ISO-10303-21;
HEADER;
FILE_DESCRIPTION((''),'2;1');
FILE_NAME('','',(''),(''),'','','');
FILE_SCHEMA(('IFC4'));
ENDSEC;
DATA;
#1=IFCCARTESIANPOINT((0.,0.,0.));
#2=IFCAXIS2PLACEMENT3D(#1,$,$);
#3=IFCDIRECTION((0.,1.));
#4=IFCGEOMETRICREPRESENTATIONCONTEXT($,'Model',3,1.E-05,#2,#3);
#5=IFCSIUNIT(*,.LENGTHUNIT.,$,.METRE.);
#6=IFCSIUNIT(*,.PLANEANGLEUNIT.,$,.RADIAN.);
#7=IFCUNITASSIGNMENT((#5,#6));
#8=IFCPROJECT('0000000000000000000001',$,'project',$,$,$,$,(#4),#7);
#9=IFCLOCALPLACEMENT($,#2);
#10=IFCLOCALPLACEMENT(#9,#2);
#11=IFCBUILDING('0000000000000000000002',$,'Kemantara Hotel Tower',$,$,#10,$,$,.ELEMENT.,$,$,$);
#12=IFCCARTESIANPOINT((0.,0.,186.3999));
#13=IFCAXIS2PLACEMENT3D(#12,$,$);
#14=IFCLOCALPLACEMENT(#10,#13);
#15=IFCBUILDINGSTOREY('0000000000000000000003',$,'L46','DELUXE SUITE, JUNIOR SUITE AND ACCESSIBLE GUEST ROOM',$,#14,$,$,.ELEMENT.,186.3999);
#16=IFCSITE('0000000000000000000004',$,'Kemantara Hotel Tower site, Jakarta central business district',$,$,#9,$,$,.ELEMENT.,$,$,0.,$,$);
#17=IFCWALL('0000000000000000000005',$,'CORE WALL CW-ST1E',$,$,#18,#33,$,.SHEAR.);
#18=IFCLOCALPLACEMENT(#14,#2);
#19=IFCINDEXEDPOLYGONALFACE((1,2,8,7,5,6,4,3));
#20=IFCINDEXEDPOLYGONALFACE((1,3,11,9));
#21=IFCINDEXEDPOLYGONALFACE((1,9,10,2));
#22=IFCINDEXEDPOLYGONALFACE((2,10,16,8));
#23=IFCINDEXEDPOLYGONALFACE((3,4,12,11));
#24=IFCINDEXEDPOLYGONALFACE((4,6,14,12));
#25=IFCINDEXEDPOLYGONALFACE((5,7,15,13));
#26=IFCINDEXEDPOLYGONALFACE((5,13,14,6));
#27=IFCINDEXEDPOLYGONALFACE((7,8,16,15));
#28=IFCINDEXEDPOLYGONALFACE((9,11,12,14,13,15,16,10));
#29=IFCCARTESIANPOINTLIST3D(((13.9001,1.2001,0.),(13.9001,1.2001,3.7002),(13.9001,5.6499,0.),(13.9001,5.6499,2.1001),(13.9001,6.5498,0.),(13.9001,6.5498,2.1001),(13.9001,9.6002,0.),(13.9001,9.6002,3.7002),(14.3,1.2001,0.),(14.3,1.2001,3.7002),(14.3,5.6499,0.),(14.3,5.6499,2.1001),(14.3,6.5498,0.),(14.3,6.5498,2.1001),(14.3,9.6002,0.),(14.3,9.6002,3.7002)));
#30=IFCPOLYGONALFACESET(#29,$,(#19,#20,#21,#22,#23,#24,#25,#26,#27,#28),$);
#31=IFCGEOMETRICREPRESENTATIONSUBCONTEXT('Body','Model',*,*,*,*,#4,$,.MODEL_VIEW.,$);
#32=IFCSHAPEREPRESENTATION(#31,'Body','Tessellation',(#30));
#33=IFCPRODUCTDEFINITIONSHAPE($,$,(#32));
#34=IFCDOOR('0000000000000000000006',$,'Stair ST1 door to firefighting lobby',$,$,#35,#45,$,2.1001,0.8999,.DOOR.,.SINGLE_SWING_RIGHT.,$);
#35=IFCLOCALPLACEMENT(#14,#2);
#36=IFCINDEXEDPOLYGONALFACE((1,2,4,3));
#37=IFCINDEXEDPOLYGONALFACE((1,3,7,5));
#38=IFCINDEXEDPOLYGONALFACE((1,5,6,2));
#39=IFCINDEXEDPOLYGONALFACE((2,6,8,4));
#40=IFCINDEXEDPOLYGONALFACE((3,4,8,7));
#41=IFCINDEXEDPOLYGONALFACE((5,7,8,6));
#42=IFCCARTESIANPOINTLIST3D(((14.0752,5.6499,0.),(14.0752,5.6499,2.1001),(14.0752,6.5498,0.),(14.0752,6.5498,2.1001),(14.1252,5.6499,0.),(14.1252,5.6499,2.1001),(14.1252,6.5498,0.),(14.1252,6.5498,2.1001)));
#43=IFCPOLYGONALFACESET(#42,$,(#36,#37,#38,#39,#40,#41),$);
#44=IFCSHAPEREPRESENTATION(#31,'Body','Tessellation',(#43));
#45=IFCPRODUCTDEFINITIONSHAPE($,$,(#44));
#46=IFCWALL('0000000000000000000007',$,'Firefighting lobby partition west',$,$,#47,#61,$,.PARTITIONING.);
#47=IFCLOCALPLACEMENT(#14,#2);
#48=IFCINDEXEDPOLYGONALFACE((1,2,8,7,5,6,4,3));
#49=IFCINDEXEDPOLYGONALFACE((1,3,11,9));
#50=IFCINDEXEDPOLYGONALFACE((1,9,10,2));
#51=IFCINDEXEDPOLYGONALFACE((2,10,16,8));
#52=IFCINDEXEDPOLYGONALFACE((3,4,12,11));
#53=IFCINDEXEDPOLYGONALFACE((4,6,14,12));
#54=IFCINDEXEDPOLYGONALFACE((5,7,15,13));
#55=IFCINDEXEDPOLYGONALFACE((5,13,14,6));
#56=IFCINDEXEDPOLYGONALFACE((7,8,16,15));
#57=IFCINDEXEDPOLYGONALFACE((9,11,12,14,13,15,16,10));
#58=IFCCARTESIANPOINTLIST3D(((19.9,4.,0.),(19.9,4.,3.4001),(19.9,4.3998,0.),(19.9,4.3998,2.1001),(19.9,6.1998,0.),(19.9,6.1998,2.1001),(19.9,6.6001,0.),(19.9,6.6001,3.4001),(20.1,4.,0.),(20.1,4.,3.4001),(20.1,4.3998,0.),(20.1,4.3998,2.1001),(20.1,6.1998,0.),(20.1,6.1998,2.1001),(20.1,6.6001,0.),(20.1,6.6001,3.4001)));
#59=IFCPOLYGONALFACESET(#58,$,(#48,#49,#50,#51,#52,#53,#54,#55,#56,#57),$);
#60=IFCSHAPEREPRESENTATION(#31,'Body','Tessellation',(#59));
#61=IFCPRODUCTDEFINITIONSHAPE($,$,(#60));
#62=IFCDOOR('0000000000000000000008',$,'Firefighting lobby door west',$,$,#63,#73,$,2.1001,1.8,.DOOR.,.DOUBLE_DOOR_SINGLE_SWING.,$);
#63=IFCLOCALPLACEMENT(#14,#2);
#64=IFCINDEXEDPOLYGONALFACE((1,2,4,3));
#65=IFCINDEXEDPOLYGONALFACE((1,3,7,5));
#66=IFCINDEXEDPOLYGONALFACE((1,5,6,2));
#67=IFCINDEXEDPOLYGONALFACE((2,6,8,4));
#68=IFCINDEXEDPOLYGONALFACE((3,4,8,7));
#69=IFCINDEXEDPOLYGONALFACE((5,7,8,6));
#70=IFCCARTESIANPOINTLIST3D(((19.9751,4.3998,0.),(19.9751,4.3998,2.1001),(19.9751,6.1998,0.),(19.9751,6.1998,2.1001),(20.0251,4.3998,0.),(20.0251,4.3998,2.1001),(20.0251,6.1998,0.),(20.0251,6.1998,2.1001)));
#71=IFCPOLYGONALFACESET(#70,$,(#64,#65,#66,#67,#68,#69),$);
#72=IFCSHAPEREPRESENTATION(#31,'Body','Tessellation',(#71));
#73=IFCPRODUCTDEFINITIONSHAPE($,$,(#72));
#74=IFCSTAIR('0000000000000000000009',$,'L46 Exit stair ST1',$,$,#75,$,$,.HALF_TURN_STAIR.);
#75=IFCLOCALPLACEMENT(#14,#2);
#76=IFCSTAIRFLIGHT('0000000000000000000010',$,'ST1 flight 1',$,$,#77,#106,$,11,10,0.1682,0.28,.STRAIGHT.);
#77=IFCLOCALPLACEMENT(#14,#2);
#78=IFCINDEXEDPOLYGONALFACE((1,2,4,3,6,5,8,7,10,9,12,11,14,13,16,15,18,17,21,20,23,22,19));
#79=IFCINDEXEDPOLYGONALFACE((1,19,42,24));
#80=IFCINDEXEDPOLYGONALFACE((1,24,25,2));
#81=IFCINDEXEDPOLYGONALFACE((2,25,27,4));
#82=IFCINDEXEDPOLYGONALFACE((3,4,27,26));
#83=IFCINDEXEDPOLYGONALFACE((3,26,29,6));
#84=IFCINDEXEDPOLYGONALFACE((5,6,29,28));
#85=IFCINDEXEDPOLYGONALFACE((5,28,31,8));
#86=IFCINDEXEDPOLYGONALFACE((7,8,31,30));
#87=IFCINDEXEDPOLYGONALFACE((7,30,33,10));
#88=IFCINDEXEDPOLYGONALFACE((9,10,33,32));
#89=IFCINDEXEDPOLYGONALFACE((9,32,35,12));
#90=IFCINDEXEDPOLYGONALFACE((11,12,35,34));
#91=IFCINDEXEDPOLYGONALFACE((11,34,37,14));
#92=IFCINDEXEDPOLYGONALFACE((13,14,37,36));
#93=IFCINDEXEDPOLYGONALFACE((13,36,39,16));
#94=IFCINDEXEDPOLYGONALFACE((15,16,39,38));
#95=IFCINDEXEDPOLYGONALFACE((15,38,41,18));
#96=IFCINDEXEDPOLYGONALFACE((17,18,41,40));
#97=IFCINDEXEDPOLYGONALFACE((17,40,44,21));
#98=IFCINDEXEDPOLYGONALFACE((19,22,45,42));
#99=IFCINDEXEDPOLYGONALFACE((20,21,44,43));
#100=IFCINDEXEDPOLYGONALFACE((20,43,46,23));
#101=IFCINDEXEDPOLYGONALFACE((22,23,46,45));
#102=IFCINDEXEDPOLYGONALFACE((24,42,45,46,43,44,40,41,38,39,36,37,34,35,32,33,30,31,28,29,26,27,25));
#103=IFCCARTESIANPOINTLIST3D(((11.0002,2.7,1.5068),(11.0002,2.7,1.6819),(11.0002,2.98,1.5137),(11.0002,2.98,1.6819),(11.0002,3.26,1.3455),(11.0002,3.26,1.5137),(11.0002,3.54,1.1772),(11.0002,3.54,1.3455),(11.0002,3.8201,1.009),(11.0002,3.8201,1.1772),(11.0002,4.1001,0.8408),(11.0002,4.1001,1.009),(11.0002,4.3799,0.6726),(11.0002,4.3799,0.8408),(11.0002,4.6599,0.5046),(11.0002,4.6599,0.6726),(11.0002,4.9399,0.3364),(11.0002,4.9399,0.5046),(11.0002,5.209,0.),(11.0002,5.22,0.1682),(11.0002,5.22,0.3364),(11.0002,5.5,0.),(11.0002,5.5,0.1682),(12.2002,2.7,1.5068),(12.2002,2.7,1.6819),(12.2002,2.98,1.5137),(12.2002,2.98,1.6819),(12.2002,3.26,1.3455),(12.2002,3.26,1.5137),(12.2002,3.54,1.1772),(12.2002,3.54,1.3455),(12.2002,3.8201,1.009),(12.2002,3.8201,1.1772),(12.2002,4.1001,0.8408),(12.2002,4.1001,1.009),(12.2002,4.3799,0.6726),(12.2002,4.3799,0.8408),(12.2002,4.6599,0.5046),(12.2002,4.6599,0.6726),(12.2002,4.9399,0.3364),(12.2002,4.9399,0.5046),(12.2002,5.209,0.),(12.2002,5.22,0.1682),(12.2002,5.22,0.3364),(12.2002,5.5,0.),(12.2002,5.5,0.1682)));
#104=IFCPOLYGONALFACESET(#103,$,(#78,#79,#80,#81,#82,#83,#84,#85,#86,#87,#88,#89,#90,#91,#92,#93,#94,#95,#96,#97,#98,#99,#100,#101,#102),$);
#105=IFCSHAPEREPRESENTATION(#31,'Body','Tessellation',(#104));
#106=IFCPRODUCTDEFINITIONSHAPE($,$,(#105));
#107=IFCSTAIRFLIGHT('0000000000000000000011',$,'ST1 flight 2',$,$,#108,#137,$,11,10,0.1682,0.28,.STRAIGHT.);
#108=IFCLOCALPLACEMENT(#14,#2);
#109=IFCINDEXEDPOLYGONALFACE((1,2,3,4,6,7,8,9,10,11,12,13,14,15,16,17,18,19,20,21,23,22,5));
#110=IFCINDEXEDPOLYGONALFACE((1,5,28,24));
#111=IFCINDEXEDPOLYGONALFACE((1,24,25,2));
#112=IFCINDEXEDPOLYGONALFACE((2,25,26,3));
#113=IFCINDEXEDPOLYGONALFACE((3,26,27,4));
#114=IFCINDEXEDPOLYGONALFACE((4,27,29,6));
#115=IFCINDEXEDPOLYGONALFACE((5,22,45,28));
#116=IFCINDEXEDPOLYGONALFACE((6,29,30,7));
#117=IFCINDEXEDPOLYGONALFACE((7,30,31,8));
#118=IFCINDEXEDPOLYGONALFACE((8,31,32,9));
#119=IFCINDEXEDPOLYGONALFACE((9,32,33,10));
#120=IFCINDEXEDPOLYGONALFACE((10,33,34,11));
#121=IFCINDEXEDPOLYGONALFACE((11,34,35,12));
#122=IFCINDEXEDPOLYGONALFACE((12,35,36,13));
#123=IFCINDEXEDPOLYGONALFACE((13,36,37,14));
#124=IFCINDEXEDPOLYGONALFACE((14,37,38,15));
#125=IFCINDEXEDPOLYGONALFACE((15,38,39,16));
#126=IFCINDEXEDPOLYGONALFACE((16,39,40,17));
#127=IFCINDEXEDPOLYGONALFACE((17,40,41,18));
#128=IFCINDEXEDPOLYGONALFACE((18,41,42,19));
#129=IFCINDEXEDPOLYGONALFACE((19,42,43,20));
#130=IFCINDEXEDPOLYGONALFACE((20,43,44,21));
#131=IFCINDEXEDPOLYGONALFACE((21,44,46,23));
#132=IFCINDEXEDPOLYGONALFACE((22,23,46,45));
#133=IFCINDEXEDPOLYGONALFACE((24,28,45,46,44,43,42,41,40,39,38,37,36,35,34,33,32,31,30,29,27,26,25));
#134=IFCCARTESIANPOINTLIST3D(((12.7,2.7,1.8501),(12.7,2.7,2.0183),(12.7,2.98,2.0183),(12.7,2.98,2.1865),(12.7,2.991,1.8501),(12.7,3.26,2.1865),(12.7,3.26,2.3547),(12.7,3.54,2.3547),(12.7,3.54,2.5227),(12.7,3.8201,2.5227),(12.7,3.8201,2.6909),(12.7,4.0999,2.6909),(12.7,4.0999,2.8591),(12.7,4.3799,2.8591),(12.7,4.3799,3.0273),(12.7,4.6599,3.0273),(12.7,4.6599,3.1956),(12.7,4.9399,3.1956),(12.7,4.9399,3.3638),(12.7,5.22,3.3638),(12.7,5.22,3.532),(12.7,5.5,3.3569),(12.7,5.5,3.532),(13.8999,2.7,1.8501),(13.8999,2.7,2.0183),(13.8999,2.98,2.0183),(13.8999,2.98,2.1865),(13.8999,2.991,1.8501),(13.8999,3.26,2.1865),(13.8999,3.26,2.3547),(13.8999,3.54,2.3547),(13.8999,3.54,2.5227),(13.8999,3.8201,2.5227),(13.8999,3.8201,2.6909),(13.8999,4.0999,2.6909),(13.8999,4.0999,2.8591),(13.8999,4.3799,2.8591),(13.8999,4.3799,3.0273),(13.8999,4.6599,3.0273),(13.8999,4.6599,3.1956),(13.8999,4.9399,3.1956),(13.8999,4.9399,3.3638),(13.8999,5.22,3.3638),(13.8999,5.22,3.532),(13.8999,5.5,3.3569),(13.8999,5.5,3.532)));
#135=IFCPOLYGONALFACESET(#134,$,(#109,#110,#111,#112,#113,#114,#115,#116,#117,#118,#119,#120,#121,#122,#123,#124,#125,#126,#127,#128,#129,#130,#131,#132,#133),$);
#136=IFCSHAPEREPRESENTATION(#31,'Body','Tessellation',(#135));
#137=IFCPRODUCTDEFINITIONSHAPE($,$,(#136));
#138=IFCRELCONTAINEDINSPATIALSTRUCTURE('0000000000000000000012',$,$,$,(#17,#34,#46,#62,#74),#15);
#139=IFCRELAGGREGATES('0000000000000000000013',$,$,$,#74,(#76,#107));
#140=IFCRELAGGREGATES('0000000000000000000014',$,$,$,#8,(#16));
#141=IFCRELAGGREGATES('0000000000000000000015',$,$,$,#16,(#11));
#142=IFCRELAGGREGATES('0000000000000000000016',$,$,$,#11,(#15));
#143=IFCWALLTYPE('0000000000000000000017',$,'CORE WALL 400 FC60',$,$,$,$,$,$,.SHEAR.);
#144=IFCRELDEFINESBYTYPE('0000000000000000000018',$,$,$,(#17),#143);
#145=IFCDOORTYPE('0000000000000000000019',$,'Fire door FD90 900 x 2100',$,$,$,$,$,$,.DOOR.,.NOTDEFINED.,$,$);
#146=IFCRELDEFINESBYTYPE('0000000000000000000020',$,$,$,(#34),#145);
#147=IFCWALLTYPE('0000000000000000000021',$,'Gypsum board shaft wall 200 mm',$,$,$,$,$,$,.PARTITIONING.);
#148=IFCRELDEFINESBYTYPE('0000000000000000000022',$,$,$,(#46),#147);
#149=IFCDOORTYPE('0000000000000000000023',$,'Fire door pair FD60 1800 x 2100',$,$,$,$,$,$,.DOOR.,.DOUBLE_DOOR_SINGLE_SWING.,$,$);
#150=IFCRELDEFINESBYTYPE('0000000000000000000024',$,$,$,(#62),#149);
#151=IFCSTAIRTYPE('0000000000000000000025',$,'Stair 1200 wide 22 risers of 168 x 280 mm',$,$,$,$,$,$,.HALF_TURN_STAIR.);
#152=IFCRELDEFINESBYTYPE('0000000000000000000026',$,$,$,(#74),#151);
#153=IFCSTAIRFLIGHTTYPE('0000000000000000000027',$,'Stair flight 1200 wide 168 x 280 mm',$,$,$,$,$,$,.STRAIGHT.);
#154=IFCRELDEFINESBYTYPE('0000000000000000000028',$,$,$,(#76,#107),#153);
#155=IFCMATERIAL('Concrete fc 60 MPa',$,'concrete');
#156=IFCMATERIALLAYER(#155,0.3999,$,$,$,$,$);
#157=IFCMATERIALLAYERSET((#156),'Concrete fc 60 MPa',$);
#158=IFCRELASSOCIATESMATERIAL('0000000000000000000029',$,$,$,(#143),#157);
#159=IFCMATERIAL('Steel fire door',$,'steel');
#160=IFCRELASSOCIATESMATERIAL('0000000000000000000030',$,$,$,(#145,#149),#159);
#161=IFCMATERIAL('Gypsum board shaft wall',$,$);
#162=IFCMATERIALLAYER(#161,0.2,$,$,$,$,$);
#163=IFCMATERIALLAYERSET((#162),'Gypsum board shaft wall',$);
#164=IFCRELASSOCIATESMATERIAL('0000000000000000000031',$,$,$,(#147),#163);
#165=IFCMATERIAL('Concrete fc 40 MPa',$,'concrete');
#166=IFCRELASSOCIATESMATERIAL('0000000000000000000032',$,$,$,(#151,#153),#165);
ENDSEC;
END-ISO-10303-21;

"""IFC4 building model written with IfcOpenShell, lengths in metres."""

from ifc_helpers import new_model, si_unit, direction, frame, frame_2d, origin, place, context, subcontext, project, spatial, polyline, rectangle, outline, extrude, material, layer, layer_set, type_object, element, fill, aggregate, save


model = new_model("IFC4")

# Units and contexts
model_context = context("Model", 3, precision=1e-05, world=origin(), true_north=direction((0.0, 1.0)))
body_context = subcontext(model_context, "Body", "Model", "MODEL_VIEW")
ifc_project = project(units=[si_unit("LENGTHUNIT", "METRE"), si_unit("PLANEANGLEUNIT", "RADIAN")], contexts=[model_context])

# Site, building, storey
site_placement = place(None, origin())
site = spatial("IfcSite", under=ifc_project, at=site_placement, Name="Kemantara Hotel Tower site, Jakarta central business district", CompositionType="ELEMENT", RefElevation=0.0)
building_placement = place(site_placement, origin())
building = spatial("IfcBuilding", under=site, at=building_placement, Name="Kemantara Hotel Tower", CompositionType="ELEMENT")
storey_placement = place(building_placement, frame((0.0, 0.0, 186.3999)))
storey = spatial("IfcBuildingStorey", under=building, at=storey_placement, Name="L46", Description="DELUXE SUITE, JUNIOR SUITE AND ACCESSIBLE GUEST ROOM", CompositionType="ELEMENT", Elevation=186.3999)

# Shared definitions
ifc_material_1 = material(Name="Concrete fc 60 MPa", Category="concrete")

# Shared definitions
ifc_layer_1 = layer(ifc_material_1, 0.3999)
ifc_layer_set_1 = layer_set([ifc_layer_1], Name="Concrete fc 60 MPa")
wall_type_1 = type_object("IfcWallType", Name="CORE WALL 400 FC60", PredefinedType="SHEAR", material=ifc_layer_set_1)
ifc_material_2 = material(Name="Steel fire door", Category="steel")

# Walls, openings, doors
wall_1_placement = place(storey_placement, frame((14.1001, 1.2, 0.0), z_axis=(0.0, 0.0, 1.0), x_axis=(0.0, 1.0, 0.0)))
wall_1 = element("IfcWall", 1, at=wall_1_placement, inside=storey, type_object=wall_type_1, Name="CORE WALL CW-ST1E", PredefinedType="SHEAR", context=body_context, shape_type="SweptSolid", body=[
    extrude(rectangle(XDim=8.4001, YDim=0.3999, at=frame_2d((4.2002, 0.0))), origin(), (0.0, 0.0, 1.0), 3.7002),
])
opening_1_placement = place(wall_1_placement, frame((4.45, 0.0, 0.0)))
opening_1 = element("IfcOpeningElement", 2, at=opening_1_placement, cuts=wall_1, PredefinedType="OPENING", context=body_context, shape_type="SweptSolid", body=[
    extrude(rectangle(XDim=0.8999, YDim=2.1001, at=frame_2d((0.45, 1.05))), frame((0.0, 0.21, 0.0), z_axis=(0.0, -1.0, 0.0), x_axis=(1.0, 0.0, 0.0)), (0.0, 0.0, 1.0), 0.4199),
])
door_type_1 = type_object("IfcDoorType", Name="Fire door FD90 900 x 2100", OperationType="NOTDEFINED", PredefinedType="DOOR", material=ifc_material_2)
door_1_placement = place(opening_1_placement, origin())
door_1 = element("IfcDoor", 3, at=door_1_placement, inside=storey, type_object=door_type_1, Name="Stair ST1 door to firefighting lobby", OperationType="SINGLE_SWING_RIGHT", OverallHeight=2.1001, OverallWidth=0.8999, PredefinedType="DOOR", context=body_context, shape_type="SweptSolid", body=[
    extrude(rectangle(XDim=0.8999, YDim=2.1001, at=frame_2d((0.45, 1.05))), frame((0.0, 0.0249, 0.0), z_axis=(0.0, -1.0, 0.0), x_axis=(1.0, 0.0, 0.0)), (0.0, 0.0, 1.0), 0.05),
])
fill(opening_1, door_1)
ifc_material_3 = material(Name="Gypsum board shaft wall")
ifc_layer_2 = layer(ifc_material_3, 0.2)
ifc_layer_set_2 = layer_set([ifc_layer_2], Name="Gypsum board shaft wall")
wall_type_2 = type_object("IfcWallType", Name="Gypsum board shaft wall 200 mm", PredefinedType="PARTITIONING", material=ifc_layer_set_2)
wall_2_placement = place(storey_placement, frame((20.0, 4.0, 0.0), z_axis=(0.0, 0.0, 1.0), x_axis=(0.0, 1.0, 0.0)))
wall_2 = element("IfcWall", 4, at=wall_2_placement, inside=storey, type_object=wall_type_2, Name="Firefighting lobby partition west", PredefinedType="PARTITIONING", context=body_context, shape_type="SweptSolid", body=[
    extrude(rectangle(XDim=2.6001, YDim=0.2, at=frame_2d((1.3, 0.0))), origin(), (0.0, 0.0, 1.0), 3.4001),
])
opening_2_placement = place(wall_2_placement, frame((0.3999, 0.0, 0.0)))
opening_2 = element("IfcOpeningElement", 5, at=opening_2_placement, cuts=wall_2, PredefinedType="OPENING", context=body_context, shape_type="SweptSolid", body=[
    extrude(rectangle(XDim=1.8, YDim=2.1001, at=frame_2d((0.8999, 1.05))), frame((0.0, 0.1099, 0.0), z_axis=(0.0, -1.0, 0.0), x_axis=(1.0, 0.0, 0.0)), (0.0, 0.0, 1.0), 0.22),
])
door_type_2 = type_object("IfcDoorType", Name="Fire door pair FD60 1800 x 2100", OperationType="DOUBLE_DOOR_SINGLE_SWING", PredefinedType="DOOR", material=ifc_material_2)
door_2_placement = place(opening_2_placement, origin())
door_2 = element("IfcDoor", 6, at=door_2_placement, inside=storey, type_object=door_type_2, Name="Firefighting lobby door west", OperationType="DOUBLE_DOOR_SINGLE_SWING", OverallHeight=2.1001, OverallWidth=1.8, PredefinedType="DOOR", context=body_context, shape_type="SweptSolid", body=[
    extrude(rectangle(XDim=1.8, YDim=2.1001, at=frame_2d((0.8999, 1.05))), frame((0.0, 0.0249, 0.0), z_axis=(0.0, -1.0, 0.0), x_axis=(1.0, 0.0, 0.0)), (0.0, 0.0, 1.0), 0.05),
])
fill(opening_2, door_2)

# Stair, stair flights
ifc_material_4 = material(Name="Concrete fc 40 MPa", Category="concrete")
stair_type = type_object("IfcStairType", Name="Stair 1200 wide 22 risers of 168 x 280 mm", PredefinedType="HALF_TURN_STAIR", material=ifc_material_4)
stair_placement = place(storey_placement, origin())
stair = element("IfcStair", 7, at=stair_placement, inside=storey, type_object=stair_type, Name="L46 Exit stair ST1", PredefinedType="HALF_TURN_STAIR")
stair_flight_type = type_object("IfcStairFlightType", Name="Stair flight 1200 wide 168 x 280 mm", PredefinedType="STRAIGHT", material=ifc_material_4)
stair_flight_1_placement = place(storey_placement, frame((11.6001, 5.5, 0.0), z_axis=(0.0, 0.0, 1.0), x_axis=(0.0, -1.0, 0.0)))
stair_flight_1 = element("IfcStairFlight", 8, at=stair_flight_1_placement, type_object=stair_flight_type, Name="ST1 flight 1", NumberOfRisers=11, NumberOfTreads=10, PredefinedType="STRAIGHT", RiserHeight=0.1682, TreadLength=0.28, context=body_context, shape_type="SweptSolid", body=[
    extrude(outline(polyline([(0.0, 0.0), (0.0, 0.1682), (0.28, 0.1682), (0.28, 0.3364), (0.5601, 0.3364), (0.5601, 0.5046), (0.8401, 0.5046), (0.8401, 0.6726), (1.1201, 0.6726), (1.1201, 0.8408), (1.3999, 0.8408), (1.3999, 1.009), (1.6799, 1.009), (1.6799, 1.1772), (1.96, 1.1772), (1.96, 1.3455), (2.24, 1.3455), (2.24, 1.5137), (2.52, 1.5137), (2.52, 1.6819), (2.8, 1.6819), (2.8, 1.8501), (2.8, 1.5068), (0.291, 0.0), (0.0, 0.0)])), frame((0.0, 0.6001, 0.0), z_axis=(0.0, -1.0, 0.0), x_axis=(1.0, 0.0, 0.0)), (0.0, 0.0, 1.0), 1.2),
])
stair_flight_2_placement = place(storey_placement, frame((13.3, 2.7, 1.8501), z_axis=(0.0, 0.0, 1.0), x_axis=(0.0, 1.0, 0.0)))
stair_flight_2 = element("IfcStairFlight", 9, at=stair_flight_2_placement, type_object=stair_flight_type, Name="ST1 flight 2", NumberOfRisers=11, NumberOfTreads=10, PredefinedType="STRAIGHT", RiserHeight=0.1682, TreadLength=0.28, context=body_context, shape_type="SweptSolid", body=[
    extrude(outline(polyline([(0.0, 0.0), (0.0, 0.1682), (0.28, 0.1682), (0.28, 0.3364), (0.5601, 0.3364), (0.5601, 0.5046), (0.8401, 0.5046), (0.8401, 0.6726), (1.1201, 0.6726), (1.1201, 0.8408), (1.3999, 0.8408), (1.3999, 1.009), (1.6799, 1.009), (1.6799, 1.1772), (1.96, 1.1772), (1.96, 1.3455), (2.24, 1.3455), (2.24, 1.5137), (2.52, 1.5137), (2.52, 1.6819), (2.8, 1.6819), (2.8, 1.8501), (2.8, 1.5068), (0.291, 0.0), (0.0, 0.0)])), frame((0.0, 0.6001, 0.0), z_axis=(0.0, -1.0, 0.0), x_axis=(1.0, 0.0, 0.0)), (0.0, 0.0, 1.0), 1.2),
])
aggregate(stair, [stair_flight_1, stair_flight_2])

save(model, "model.ifc")
